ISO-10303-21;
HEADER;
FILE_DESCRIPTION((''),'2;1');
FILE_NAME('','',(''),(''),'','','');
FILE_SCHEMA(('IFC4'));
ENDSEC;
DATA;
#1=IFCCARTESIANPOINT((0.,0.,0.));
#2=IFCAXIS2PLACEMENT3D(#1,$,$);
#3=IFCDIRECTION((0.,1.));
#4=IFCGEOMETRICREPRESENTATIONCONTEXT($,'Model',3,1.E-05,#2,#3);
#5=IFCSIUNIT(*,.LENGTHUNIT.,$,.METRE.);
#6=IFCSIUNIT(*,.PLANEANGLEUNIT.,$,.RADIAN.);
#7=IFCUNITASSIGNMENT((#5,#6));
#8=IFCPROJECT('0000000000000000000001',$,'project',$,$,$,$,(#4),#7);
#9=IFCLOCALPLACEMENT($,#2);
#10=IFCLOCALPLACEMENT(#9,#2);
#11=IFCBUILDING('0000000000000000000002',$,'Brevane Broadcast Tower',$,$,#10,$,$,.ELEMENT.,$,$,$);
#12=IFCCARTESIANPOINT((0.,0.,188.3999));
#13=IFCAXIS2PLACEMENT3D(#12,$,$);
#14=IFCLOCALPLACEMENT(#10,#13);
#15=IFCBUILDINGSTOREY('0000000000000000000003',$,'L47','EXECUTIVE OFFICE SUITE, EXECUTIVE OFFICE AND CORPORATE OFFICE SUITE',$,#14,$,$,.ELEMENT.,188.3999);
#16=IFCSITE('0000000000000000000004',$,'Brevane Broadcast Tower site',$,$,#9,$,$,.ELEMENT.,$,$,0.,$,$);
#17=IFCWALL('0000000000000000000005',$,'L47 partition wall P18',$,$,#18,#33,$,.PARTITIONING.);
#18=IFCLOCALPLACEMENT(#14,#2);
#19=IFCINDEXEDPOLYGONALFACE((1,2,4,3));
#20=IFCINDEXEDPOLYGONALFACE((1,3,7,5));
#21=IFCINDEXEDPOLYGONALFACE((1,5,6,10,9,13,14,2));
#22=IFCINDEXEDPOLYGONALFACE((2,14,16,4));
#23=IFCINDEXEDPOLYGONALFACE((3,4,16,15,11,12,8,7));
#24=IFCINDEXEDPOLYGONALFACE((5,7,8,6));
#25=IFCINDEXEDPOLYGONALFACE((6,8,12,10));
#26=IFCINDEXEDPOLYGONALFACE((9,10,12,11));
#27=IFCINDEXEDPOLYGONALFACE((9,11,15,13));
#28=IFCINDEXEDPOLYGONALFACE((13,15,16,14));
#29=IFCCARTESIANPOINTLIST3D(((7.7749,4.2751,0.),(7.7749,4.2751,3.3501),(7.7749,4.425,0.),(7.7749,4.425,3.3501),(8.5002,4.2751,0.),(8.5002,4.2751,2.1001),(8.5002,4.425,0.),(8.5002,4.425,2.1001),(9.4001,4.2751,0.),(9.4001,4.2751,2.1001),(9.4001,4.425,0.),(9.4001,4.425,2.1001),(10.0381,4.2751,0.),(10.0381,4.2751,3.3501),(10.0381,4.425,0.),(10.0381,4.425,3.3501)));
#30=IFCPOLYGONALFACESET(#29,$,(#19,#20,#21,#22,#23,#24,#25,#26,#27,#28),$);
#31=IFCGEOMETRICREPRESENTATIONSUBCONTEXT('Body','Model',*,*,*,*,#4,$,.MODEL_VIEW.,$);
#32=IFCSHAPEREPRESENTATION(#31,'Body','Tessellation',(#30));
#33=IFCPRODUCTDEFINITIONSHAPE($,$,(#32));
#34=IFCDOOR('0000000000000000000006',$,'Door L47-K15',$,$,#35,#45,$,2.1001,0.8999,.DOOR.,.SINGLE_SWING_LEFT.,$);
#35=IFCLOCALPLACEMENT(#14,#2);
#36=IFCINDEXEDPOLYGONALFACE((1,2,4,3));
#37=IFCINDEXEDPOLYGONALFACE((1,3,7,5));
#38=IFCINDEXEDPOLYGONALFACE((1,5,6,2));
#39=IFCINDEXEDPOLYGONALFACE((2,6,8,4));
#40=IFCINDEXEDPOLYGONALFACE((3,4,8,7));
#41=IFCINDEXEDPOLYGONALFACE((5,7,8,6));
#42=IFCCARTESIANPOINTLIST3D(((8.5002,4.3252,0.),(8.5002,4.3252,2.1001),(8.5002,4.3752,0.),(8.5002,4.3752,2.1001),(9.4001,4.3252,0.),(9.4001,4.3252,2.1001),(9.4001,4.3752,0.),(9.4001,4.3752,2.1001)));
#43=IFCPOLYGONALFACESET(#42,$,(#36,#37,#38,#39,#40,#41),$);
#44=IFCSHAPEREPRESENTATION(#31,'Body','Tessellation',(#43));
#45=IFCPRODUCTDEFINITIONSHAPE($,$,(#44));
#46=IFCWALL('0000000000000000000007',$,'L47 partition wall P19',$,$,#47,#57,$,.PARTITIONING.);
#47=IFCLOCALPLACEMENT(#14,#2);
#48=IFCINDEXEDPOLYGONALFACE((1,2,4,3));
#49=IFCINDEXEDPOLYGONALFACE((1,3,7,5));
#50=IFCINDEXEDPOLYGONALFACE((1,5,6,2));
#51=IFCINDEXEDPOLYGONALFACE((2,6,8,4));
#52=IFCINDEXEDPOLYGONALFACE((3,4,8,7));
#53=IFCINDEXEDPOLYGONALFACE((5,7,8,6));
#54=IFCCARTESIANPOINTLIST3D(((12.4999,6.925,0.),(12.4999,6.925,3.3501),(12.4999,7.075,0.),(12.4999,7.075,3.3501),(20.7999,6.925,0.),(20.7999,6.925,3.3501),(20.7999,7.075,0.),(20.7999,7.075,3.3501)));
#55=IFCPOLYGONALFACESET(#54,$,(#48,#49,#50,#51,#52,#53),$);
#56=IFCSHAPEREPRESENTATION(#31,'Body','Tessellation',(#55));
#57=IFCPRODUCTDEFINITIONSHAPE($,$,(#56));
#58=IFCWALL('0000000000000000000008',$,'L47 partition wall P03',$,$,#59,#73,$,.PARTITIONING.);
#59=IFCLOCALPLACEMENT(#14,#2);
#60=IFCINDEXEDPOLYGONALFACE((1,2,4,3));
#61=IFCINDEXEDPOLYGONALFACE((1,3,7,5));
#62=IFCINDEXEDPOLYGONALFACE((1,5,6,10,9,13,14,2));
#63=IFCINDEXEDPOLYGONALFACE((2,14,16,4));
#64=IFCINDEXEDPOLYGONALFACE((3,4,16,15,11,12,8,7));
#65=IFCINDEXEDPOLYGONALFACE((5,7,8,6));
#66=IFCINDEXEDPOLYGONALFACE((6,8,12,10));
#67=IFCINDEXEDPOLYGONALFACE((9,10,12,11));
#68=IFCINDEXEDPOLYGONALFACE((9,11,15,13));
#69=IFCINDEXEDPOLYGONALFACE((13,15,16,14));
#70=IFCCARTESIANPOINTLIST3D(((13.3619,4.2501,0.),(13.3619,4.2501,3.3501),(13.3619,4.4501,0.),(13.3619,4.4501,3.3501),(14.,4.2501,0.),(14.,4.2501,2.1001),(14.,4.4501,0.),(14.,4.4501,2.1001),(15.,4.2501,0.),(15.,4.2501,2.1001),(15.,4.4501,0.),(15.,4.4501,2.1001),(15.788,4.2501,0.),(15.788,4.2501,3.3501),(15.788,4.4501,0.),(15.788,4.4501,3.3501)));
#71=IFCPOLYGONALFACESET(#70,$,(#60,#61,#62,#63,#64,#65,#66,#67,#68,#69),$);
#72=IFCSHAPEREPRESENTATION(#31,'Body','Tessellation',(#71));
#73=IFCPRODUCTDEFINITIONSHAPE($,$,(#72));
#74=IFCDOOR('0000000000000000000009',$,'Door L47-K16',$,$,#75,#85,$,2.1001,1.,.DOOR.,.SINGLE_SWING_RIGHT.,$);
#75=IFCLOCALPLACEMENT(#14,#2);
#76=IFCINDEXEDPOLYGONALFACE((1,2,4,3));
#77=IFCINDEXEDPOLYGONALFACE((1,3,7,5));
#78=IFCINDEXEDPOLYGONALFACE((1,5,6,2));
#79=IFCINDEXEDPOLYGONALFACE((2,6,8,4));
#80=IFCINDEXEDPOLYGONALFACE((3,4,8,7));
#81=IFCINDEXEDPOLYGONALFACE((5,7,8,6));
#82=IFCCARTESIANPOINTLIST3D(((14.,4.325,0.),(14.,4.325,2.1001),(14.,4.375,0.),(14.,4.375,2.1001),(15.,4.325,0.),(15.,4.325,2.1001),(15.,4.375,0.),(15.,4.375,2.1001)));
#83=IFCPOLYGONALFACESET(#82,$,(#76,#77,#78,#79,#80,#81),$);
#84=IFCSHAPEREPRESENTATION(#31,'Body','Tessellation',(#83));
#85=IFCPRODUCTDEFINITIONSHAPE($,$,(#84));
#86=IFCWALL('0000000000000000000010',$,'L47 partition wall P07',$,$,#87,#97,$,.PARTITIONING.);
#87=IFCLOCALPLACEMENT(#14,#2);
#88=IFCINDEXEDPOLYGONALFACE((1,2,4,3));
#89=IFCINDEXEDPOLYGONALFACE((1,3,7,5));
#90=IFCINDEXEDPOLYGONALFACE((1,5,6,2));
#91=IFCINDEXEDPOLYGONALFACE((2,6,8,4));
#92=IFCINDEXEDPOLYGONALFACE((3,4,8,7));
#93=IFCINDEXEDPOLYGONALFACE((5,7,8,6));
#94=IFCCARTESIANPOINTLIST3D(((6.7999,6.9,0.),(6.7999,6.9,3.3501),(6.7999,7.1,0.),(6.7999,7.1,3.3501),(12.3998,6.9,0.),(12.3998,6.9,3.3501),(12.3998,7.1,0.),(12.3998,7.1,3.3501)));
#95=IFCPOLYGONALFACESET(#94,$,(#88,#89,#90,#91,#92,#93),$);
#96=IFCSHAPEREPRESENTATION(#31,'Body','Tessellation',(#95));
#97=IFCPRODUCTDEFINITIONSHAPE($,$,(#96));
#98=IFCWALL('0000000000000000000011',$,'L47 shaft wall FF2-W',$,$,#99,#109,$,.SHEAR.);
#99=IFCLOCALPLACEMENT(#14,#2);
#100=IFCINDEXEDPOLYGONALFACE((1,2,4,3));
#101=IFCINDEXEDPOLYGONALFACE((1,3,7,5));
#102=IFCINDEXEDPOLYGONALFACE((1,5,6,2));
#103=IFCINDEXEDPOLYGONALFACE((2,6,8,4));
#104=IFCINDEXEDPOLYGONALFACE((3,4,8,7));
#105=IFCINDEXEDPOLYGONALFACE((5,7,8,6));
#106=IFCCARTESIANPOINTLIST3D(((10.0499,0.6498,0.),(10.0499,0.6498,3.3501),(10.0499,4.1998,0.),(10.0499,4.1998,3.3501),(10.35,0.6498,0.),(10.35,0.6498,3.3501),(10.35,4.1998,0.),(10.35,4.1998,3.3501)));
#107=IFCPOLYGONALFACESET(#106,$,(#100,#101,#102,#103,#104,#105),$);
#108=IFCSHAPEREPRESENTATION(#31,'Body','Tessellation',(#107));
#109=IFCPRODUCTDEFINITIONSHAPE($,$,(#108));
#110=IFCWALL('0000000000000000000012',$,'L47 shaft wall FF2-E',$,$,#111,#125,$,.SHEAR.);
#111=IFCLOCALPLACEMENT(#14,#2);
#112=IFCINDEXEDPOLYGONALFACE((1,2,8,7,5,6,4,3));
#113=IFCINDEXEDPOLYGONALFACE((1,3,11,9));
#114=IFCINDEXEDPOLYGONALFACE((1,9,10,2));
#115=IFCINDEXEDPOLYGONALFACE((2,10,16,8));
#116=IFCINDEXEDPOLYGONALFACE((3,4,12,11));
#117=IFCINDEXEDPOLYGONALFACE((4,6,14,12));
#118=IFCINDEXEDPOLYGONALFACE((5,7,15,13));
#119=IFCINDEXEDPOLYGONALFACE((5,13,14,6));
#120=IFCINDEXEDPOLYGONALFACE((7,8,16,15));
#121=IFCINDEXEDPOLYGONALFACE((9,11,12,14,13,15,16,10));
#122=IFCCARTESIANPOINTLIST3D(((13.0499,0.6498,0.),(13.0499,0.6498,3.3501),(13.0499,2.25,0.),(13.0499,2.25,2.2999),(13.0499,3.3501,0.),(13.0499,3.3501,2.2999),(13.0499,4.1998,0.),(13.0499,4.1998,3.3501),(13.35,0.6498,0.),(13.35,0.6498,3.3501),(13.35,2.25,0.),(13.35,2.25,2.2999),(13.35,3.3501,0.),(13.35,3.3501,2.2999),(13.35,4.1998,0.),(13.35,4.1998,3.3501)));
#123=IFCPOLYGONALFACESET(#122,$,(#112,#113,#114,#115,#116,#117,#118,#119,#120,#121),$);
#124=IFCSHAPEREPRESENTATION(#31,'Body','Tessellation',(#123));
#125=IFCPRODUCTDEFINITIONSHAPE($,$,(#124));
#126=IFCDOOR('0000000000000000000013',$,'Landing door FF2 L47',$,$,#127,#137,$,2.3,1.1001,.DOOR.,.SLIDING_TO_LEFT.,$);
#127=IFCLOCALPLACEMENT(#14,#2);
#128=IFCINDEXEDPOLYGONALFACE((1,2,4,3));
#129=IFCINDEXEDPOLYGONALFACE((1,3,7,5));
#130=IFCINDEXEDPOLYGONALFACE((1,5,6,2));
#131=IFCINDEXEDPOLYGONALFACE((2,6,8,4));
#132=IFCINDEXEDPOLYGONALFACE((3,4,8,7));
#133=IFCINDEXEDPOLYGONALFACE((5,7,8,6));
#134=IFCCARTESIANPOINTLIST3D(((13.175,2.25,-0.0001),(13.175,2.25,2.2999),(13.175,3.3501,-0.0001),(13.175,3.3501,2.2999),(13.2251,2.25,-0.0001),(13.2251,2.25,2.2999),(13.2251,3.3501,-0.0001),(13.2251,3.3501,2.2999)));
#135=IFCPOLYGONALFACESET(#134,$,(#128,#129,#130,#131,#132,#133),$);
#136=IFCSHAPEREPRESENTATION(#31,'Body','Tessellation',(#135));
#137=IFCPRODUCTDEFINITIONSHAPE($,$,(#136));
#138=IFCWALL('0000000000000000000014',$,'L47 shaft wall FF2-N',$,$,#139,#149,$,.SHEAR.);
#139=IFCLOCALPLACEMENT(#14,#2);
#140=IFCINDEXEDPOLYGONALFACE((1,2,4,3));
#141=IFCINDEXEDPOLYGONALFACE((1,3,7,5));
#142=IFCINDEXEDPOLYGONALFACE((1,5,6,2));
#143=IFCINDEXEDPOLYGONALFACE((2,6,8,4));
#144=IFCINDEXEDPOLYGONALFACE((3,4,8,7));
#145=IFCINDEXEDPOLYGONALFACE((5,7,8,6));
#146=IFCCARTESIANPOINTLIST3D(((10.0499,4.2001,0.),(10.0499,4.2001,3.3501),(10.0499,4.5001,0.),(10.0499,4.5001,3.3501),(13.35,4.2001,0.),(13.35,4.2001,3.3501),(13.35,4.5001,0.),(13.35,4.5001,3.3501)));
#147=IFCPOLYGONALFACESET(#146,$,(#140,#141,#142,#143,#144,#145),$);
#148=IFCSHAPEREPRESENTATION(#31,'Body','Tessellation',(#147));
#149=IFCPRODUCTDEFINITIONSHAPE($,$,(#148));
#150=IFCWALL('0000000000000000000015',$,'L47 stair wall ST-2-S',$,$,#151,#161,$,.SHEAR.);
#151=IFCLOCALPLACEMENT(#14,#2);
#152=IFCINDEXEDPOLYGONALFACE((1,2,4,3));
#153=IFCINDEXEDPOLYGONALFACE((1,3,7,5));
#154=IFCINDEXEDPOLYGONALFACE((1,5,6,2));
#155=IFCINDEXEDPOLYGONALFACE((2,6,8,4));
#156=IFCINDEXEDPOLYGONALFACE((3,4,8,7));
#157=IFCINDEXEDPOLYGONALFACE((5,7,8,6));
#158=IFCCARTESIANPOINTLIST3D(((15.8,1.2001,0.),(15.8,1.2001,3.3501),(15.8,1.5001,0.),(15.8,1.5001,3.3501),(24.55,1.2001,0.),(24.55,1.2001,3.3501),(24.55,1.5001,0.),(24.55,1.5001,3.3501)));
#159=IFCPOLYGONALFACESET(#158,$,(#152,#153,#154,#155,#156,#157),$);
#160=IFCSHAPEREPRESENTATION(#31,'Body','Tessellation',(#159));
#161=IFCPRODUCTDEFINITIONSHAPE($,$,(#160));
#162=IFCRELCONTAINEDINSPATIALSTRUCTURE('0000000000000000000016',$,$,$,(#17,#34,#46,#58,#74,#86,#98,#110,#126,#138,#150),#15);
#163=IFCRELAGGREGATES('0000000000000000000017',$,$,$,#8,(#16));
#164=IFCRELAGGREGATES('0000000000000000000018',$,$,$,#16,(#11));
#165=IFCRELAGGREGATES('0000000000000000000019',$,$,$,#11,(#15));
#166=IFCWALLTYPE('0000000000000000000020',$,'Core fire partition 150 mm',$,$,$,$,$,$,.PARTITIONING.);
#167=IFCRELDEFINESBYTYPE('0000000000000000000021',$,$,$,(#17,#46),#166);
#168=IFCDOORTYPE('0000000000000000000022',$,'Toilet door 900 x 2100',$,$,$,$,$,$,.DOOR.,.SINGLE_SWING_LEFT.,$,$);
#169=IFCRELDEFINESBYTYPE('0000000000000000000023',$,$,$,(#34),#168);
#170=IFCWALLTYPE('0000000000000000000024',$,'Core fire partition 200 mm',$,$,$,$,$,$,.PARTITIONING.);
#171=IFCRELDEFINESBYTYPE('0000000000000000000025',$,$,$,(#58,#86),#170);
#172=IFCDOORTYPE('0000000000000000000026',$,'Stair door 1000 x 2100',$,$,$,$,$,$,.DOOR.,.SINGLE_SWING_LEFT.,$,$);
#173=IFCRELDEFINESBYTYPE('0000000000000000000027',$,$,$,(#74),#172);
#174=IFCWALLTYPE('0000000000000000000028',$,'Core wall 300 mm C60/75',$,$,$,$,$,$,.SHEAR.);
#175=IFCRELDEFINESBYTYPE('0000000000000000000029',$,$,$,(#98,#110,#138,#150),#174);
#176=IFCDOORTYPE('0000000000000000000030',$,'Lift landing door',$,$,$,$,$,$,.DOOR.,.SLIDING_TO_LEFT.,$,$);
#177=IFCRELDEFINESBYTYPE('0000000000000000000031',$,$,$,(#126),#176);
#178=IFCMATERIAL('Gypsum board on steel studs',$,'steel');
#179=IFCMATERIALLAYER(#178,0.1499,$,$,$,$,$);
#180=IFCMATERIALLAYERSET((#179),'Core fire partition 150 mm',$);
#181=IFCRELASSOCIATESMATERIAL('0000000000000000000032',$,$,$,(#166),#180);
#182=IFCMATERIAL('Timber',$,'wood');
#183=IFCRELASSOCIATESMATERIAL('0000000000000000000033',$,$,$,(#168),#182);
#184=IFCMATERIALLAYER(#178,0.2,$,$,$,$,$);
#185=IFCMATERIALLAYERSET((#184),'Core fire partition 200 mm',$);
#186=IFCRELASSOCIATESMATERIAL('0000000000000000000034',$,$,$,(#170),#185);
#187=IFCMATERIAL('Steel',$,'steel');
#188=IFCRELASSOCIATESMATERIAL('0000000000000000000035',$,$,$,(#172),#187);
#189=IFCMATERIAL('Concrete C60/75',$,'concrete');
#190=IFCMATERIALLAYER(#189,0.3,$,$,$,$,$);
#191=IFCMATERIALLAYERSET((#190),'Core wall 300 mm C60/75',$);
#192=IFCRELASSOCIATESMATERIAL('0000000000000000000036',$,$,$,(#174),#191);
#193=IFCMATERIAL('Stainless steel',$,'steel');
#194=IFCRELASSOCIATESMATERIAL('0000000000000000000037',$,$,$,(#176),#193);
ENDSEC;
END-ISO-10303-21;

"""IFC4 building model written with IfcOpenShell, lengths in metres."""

from ifc_helpers import new_model, si_unit, direction, frame, frame_2d, origin, place, context, subcontext, project, spatial, rectangle, extrude, material, layer, layer_set, type_object, element, fill, save


model = new_model("IFC4")

# Units and contexts
model_context = context("Model", 3, precision=1e-05, world=origin(), true_north=direction((0.0, 1.0)))
body_context = subcontext(model_context, "Body", "Model", "MODEL_VIEW")
ifc_project = project(units=[si_unit("LENGTHUNIT", "METRE"), si_unit("PLANEANGLEUNIT", "RADIAN")], contexts=[model_context])

# Site, building, storey
site_placement = place(None, origin())
site = spatial("IfcSite", under=ifc_project, at=site_placement, Name="Brevane Broadcast Tower site", CompositionType="ELEMENT", RefElevation=0.0)
building_placement = place(site_placement, origin())
building = spatial("IfcBuilding", under=site, at=building_placement, Name="Brevane Broadcast Tower", CompositionType="ELEMENT")
storey_placement = place(building_placement, frame((0.0, 0.0, 188.3999)))
storey = spatial("IfcBuildingStorey", under=building, at=storey_placement, Name="L47", Description="EXECUTIVE OFFICE SUITE, EXECUTIVE OFFICE AND CORPORATE OFFICE SUITE", CompositionType="ELEMENT", Elevation=188.3999)

# Shared definitions
ifc_material_1 = material(Name="Gypsum board on steel studs", Category="steel")
ifc_layer_1 = layer(ifc_material_1, 0.1499)
ifc_layer_set_1 = layer_set([ifc_layer_1], Name="Core fire partition 150 mm")
wall_type_1 = type_object("IfcWallType", Name="Core fire partition 150 mm", PredefinedType="PARTITIONING", material=ifc_layer_set_1)

# Shared definitions
ifc_material_2 = material(Name="Timber", Category="wood")
door_type_1 = type_object("IfcDoorType", Name="Toilet door 900 x 2100", OperationType="SINGLE_SWING_LEFT", PredefinedType="DOOR", material=ifc_material_2)

# Wall, opening, door
wall_1_placement = place(storey_placement, frame((10.0381, 4.3501, 0.0), z_axis=(0.0, 0.0, 1.0), x_axis=(-1.0, 0.0, 0.0)))
wall_1 = element("IfcWall", 1, at=wall_1_placement, inside=storey, type_object=wall_type_1, Name="L47 partition wall P18", PredefinedType="PARTITIONING", context=body_context, shape_type="SweptSolid", body=[
    extrude(rectangle(XDim=2.2632, YDim=0.1499, at=frame_2d((1.1316, 0.0))), origin(), (0.0, 0.0, 1.0), 3.3501),
])
opening_1_placement = place(wall_1_placement, frame((0.6379, 0.0, 0.0)))
opening_1 = element("IfcOpeningElement", 2, at=opening_1_placement, cuts=wall_1, PredefinedType="OPENING", context=body_context, shape_type="SweptSolid", body=[
    extrude(rectangle(XDim=0.8999, YDim=2.1001, at=frame_2d((0.45, 1.05))), frame((0.0, 0.085, 0.0), z_axis=(0.0, -1.0, 0.0), x_axis=(1.0, 0.0, 0.0)), (0.0, 0.0, 1.0), 0.1699),
])
door_1_placement = place(opening_1_placement, origin())
door_1 = element("IfcDoor", 3, at=door_1_placement, inside=storey, type_object=door_type_1, Name="Door L47-K15", OperationType="SINGLE_SWING_LEFT", OverallHeight=2.1001, OverallWidth=0.8999, PredefinedType="DOOR", context=body_context, shape_type="SweptSolid", body=[
    extrude(rectangle(XDim=0.8999, YDim=2.1001, at=frame_2d((0.45, 1.05))), frame((0.0, 0.0249, 0.0), z_axis=(0.0, -1.0, 0.0), x_axis=(1.0, 0.0, 0.0)), (0.0, 0.0, 1.0), 0.05),
])
fill(opening_1, door_1)

# Wall
wall_2_placement = place(storey_placement, frame((12.5, 7.0, 0.0), z_axis=(0.0, 0.0, 1.0), x_axis=(1.0, 0.0, 0.0)))
element("IfcWall", 4, at=wall_2_placement, inside=storey, type_object=wall_type_1, Name="L47 partition wall P19", PredefinedType="PARTITIONING", context=body_context, shape_type="SweptSolid", body=[
    extrude(rectangle(XDim=8.3, YDim=0.1499, at=frame_2d((4.1499, 0.0))), origin(), (0.0, 0.0, 1.0), 3.3501),
])

# Wall, opening, door
ifc_layer_2 = layer(ifc_material_1, 0.2)
ifc_layer_set_2 = layer_set([ifc_layer_2], Name="Core fire partition 200 mm")
wall_type_2 = type_object("IfcWallType", Name="Core fire partition 200 mm", PredefinedType="PARTITIONING", material=ifc_layer_set_2)
wall_3_placement = place(storey_placement, frame((13.3621, 4.3501, 0.0), z_axis=(0.0, 0.0, 1.0), x_axis=(1.0, 0.0, 0.0)))
wall_3 = element("IfcWall", 5, at=wall_3_placement, inside=storey, type_object=wall_type_2, Name="L47 partition wall P03", PredefinedType="PARTITIONING", context=body_context, shape_type="SweptSolid", body=[
    extrude(rectangle(XDim=2.426, YDim=0.2, at=frame_2d((1.2129, 0.0))), origin(), (0.0, 0.0, 1.0), 3.3501),
])
opening_2_placement = place(wall_3_placement, frame((0.6379, 0.0, 0.0)))
opening_2 = element("IfcOpeningElement", 6, at=opening_2_placement, cuts=wall_3, PredefinedType="OPENING", context=body_context, shape_type="SweptSolid", body=[
    extrude(rectangle(XDim=1.0, YDim=2.1001, at=frame_2d((0.5, 1.05))), frame((0.0, 0.1099, 0.0), z_axis=(0.0, -1.0, 0.0), x_axis=(1.0, 0.0, 0.0)), (0.0, 0.0, 1.0), 0.22),
])
ifc_material_3 = material(Name="Steel", Category="steel")
door_type_2 = type_object("IfcDoorType", Name="Stair door 1000 x 2100", OperationType="SINGLE_SWING_LEFT", PredefinedType="DOOR", material=ifc_material_3)
door_2_placement = place(opening_2_placement, origin())
door_2 = element("IfcDoor", 7, at=door_2_placement, inside=storey, type_object=door_type_2, Name="Door L47-K16", OperationType="SINGLE_SWING_RIGHT", OverallHeight=2.1001, OverallWidth=1.0, PredefinedType="DOOR", context=body_context, shape_type="SweptSolid", body=[
    extrude(rectangle(XDim=1.0, YDim=2.1001, at=frame_2d((0.5, 1.05))), frame((0.0, 0.0249, 0.0), z_axis=(0.0, -1.0, 0.0), x_axis=(1.0, 0.0, 0.0)), (0.0, 0.0, 1.0), 0.05),
])
fill(opening_2, door_2)

# Walls
wall_4_placement = place(storey_placement, frame((6.8, 7.0, 0.0), z_axis=(0.0, 0.0, 1.0), x_axis=(1.0, 0.0, 0.0)))
element("IfcWall", 8, at=wall_4_placement, inside=storey, type_object=wall_type_2, Name="L47 partition wall P07", PredefinedType="PARTITIONING", context=body_context, shape_type="SweptSolid", body=[
    extrude(rectangle(XDim=5.5999, YDim=0.2, at=frame_2d((2.7998, 0.0))), origin(), (0.0, 0.0, 1.0), 3.3501),
])
ifc_material_4 = material(Name="Concrete C60/75", Category="concrete")
ifc_layer_3 = layer(ifc_material_4, 0.3)
ifc_layer_set_3 = layer_set([ifc_layer_3], Name="Core wall 300 mm C60/75")
wall_type_3 = type_object("IfcWallType", Name="Core wall 300 mm C60/75", PredefinedType="SHEAR", material=ifc_layer_set_3)
wall_5_placement = place(storey_placement, frame((10.2, 0.6499, 0.0), z_axis=(0.0, 0.0, 1.0), x_axis=(0.0, 1.0, 0.0)))
element("IfcWall", 9, at=wall_5_placement, inside=storey, type_object=wall_type_3, Name="L47 shaft wall FF2-W", PredefinedType="SHEAR", context=body_context, shape_type="SweptSolid", body=[
    extrude(rectangle(XDim=3.55, YDim=0.3, at=frame_2d((1.7749, 0.0))), origin(), (0.0, 0.0, 1.0), 3.3501),
])

# Wall, opening, door
wall_6_placement = place(storey_placement, frame((13.2, 0.6499, 0.0), z_axis=(0.0, 0.0, 1.0), x_axis=(0.0, 1.0, 0.0)))
wall_6 = element("IfcWall", 10, at=wall_6_placement, inside=storey, type_object=wall_type_3, Name="L47 shaft wall FF2-E", PredefinedType="SHEAR", context=body_context, shape_type="SweptSolid", body=[
    extrude(rectangle(XDim=3.55, YDim=0.3, at=frame_2d((1.7749, 0.0))), origin(), (0.0, 0.0, 1.0), 3.3501),
])
opening_3_placement = place(wall_6_placement, frame((1.6001, 0.0, 0.0)))
opening_3 = element("IfcOpeningElement", 11, at=opening_3_placement, cuts=wall_6, PredefinedType="OPENING", context=body_context, shape_type="SweptSolid", body=[
    extrude(rectangle(XDim=1.1001, YDim=2.3, at=frame_2d((0.55, 1.1499))), frame((0.0, 0.1599, 0.0), z_axis=(0.0, -1.0, 0.0), x_axis=(1.0, 0.0, 0.0)), (0.0, 0.0, 1.0), 0.3201),
])
ifc_material_5 = material(Name="Stainless steel", Category="steel")
door_type_3 = type_object("IfcDoorType", Name="Lift landing door", OperationType="SLIDING_TO_LEFT", PredefinedType="DOOR", material=ifc_material_5)
door_3_placement = place(opening_3_placement, origin())
door_3 = element("IfcDoor", 12, at=door_3_placement, inside=storey, type_object=door_type_3, Name="Landing door FF2 L47", OperationType="SLIDING_TO_LEFT", OverallHeight=2.3, OverallWidth=1.1001, PredefinedType="DOOR", context=body_context, shape_type="SweptSolid", body=[
    extrude(rectangle(XDim=1.1001, YDim=2.3, at=frame_2d((0.55, 1.1499))), frame((0.0, 0.0249, 0.0), z_axis=(0.0, -1.0, 0.0), x_axis=(1.0, 0.0, 0.0)), (0.0, 0.0, 1.0), 0.05),
])
fill(opening_3, door_3)

# Walls
wall_7_placement = place(storey_placement, frame((10.05, 4.3501, 0.0), z_axis=(0.0, 0.0, 1.0), x_axis=(1.0, 0.0, 0.0)))
element("IfcWall", 13, at=wall_7_placement, inside=storey, type_object=wall_type_3, Name="L47 shaft wall FF2-N", PredefinedType="SHEAR", context=body_context, shape_type="SweptSolid", body=[
    extrude(rectangle(XDim=3.3, YDim=0.3, at=frame_2d((1.6499, 0.0))), origin(), (0.0, 0.0, 1.0), 3.3501),
])
wall_8_placement = place(storey_placement, frame((15.8, 1.3501, 0.0), z_axis=(0.0, 0.0, 1.0), x_axis=(1.0, 0.0, 0.0)))
element("IfcWall", 14, at=wall_8_placement, inside=storey, type_object=wall_type_3, Name="L47 stair wall ST-2-S", PredefinedType="SHEAR", context=body_context, shape_type="SweptSolid", body=[
    extrude(rectangle(XDim=8.75, YDim=0.3, at=frame_2d((4.375, 0.0))), origin(), (0.0, 0.0, 1.0), 3.3501),
])

save(model, "model.ifc")
